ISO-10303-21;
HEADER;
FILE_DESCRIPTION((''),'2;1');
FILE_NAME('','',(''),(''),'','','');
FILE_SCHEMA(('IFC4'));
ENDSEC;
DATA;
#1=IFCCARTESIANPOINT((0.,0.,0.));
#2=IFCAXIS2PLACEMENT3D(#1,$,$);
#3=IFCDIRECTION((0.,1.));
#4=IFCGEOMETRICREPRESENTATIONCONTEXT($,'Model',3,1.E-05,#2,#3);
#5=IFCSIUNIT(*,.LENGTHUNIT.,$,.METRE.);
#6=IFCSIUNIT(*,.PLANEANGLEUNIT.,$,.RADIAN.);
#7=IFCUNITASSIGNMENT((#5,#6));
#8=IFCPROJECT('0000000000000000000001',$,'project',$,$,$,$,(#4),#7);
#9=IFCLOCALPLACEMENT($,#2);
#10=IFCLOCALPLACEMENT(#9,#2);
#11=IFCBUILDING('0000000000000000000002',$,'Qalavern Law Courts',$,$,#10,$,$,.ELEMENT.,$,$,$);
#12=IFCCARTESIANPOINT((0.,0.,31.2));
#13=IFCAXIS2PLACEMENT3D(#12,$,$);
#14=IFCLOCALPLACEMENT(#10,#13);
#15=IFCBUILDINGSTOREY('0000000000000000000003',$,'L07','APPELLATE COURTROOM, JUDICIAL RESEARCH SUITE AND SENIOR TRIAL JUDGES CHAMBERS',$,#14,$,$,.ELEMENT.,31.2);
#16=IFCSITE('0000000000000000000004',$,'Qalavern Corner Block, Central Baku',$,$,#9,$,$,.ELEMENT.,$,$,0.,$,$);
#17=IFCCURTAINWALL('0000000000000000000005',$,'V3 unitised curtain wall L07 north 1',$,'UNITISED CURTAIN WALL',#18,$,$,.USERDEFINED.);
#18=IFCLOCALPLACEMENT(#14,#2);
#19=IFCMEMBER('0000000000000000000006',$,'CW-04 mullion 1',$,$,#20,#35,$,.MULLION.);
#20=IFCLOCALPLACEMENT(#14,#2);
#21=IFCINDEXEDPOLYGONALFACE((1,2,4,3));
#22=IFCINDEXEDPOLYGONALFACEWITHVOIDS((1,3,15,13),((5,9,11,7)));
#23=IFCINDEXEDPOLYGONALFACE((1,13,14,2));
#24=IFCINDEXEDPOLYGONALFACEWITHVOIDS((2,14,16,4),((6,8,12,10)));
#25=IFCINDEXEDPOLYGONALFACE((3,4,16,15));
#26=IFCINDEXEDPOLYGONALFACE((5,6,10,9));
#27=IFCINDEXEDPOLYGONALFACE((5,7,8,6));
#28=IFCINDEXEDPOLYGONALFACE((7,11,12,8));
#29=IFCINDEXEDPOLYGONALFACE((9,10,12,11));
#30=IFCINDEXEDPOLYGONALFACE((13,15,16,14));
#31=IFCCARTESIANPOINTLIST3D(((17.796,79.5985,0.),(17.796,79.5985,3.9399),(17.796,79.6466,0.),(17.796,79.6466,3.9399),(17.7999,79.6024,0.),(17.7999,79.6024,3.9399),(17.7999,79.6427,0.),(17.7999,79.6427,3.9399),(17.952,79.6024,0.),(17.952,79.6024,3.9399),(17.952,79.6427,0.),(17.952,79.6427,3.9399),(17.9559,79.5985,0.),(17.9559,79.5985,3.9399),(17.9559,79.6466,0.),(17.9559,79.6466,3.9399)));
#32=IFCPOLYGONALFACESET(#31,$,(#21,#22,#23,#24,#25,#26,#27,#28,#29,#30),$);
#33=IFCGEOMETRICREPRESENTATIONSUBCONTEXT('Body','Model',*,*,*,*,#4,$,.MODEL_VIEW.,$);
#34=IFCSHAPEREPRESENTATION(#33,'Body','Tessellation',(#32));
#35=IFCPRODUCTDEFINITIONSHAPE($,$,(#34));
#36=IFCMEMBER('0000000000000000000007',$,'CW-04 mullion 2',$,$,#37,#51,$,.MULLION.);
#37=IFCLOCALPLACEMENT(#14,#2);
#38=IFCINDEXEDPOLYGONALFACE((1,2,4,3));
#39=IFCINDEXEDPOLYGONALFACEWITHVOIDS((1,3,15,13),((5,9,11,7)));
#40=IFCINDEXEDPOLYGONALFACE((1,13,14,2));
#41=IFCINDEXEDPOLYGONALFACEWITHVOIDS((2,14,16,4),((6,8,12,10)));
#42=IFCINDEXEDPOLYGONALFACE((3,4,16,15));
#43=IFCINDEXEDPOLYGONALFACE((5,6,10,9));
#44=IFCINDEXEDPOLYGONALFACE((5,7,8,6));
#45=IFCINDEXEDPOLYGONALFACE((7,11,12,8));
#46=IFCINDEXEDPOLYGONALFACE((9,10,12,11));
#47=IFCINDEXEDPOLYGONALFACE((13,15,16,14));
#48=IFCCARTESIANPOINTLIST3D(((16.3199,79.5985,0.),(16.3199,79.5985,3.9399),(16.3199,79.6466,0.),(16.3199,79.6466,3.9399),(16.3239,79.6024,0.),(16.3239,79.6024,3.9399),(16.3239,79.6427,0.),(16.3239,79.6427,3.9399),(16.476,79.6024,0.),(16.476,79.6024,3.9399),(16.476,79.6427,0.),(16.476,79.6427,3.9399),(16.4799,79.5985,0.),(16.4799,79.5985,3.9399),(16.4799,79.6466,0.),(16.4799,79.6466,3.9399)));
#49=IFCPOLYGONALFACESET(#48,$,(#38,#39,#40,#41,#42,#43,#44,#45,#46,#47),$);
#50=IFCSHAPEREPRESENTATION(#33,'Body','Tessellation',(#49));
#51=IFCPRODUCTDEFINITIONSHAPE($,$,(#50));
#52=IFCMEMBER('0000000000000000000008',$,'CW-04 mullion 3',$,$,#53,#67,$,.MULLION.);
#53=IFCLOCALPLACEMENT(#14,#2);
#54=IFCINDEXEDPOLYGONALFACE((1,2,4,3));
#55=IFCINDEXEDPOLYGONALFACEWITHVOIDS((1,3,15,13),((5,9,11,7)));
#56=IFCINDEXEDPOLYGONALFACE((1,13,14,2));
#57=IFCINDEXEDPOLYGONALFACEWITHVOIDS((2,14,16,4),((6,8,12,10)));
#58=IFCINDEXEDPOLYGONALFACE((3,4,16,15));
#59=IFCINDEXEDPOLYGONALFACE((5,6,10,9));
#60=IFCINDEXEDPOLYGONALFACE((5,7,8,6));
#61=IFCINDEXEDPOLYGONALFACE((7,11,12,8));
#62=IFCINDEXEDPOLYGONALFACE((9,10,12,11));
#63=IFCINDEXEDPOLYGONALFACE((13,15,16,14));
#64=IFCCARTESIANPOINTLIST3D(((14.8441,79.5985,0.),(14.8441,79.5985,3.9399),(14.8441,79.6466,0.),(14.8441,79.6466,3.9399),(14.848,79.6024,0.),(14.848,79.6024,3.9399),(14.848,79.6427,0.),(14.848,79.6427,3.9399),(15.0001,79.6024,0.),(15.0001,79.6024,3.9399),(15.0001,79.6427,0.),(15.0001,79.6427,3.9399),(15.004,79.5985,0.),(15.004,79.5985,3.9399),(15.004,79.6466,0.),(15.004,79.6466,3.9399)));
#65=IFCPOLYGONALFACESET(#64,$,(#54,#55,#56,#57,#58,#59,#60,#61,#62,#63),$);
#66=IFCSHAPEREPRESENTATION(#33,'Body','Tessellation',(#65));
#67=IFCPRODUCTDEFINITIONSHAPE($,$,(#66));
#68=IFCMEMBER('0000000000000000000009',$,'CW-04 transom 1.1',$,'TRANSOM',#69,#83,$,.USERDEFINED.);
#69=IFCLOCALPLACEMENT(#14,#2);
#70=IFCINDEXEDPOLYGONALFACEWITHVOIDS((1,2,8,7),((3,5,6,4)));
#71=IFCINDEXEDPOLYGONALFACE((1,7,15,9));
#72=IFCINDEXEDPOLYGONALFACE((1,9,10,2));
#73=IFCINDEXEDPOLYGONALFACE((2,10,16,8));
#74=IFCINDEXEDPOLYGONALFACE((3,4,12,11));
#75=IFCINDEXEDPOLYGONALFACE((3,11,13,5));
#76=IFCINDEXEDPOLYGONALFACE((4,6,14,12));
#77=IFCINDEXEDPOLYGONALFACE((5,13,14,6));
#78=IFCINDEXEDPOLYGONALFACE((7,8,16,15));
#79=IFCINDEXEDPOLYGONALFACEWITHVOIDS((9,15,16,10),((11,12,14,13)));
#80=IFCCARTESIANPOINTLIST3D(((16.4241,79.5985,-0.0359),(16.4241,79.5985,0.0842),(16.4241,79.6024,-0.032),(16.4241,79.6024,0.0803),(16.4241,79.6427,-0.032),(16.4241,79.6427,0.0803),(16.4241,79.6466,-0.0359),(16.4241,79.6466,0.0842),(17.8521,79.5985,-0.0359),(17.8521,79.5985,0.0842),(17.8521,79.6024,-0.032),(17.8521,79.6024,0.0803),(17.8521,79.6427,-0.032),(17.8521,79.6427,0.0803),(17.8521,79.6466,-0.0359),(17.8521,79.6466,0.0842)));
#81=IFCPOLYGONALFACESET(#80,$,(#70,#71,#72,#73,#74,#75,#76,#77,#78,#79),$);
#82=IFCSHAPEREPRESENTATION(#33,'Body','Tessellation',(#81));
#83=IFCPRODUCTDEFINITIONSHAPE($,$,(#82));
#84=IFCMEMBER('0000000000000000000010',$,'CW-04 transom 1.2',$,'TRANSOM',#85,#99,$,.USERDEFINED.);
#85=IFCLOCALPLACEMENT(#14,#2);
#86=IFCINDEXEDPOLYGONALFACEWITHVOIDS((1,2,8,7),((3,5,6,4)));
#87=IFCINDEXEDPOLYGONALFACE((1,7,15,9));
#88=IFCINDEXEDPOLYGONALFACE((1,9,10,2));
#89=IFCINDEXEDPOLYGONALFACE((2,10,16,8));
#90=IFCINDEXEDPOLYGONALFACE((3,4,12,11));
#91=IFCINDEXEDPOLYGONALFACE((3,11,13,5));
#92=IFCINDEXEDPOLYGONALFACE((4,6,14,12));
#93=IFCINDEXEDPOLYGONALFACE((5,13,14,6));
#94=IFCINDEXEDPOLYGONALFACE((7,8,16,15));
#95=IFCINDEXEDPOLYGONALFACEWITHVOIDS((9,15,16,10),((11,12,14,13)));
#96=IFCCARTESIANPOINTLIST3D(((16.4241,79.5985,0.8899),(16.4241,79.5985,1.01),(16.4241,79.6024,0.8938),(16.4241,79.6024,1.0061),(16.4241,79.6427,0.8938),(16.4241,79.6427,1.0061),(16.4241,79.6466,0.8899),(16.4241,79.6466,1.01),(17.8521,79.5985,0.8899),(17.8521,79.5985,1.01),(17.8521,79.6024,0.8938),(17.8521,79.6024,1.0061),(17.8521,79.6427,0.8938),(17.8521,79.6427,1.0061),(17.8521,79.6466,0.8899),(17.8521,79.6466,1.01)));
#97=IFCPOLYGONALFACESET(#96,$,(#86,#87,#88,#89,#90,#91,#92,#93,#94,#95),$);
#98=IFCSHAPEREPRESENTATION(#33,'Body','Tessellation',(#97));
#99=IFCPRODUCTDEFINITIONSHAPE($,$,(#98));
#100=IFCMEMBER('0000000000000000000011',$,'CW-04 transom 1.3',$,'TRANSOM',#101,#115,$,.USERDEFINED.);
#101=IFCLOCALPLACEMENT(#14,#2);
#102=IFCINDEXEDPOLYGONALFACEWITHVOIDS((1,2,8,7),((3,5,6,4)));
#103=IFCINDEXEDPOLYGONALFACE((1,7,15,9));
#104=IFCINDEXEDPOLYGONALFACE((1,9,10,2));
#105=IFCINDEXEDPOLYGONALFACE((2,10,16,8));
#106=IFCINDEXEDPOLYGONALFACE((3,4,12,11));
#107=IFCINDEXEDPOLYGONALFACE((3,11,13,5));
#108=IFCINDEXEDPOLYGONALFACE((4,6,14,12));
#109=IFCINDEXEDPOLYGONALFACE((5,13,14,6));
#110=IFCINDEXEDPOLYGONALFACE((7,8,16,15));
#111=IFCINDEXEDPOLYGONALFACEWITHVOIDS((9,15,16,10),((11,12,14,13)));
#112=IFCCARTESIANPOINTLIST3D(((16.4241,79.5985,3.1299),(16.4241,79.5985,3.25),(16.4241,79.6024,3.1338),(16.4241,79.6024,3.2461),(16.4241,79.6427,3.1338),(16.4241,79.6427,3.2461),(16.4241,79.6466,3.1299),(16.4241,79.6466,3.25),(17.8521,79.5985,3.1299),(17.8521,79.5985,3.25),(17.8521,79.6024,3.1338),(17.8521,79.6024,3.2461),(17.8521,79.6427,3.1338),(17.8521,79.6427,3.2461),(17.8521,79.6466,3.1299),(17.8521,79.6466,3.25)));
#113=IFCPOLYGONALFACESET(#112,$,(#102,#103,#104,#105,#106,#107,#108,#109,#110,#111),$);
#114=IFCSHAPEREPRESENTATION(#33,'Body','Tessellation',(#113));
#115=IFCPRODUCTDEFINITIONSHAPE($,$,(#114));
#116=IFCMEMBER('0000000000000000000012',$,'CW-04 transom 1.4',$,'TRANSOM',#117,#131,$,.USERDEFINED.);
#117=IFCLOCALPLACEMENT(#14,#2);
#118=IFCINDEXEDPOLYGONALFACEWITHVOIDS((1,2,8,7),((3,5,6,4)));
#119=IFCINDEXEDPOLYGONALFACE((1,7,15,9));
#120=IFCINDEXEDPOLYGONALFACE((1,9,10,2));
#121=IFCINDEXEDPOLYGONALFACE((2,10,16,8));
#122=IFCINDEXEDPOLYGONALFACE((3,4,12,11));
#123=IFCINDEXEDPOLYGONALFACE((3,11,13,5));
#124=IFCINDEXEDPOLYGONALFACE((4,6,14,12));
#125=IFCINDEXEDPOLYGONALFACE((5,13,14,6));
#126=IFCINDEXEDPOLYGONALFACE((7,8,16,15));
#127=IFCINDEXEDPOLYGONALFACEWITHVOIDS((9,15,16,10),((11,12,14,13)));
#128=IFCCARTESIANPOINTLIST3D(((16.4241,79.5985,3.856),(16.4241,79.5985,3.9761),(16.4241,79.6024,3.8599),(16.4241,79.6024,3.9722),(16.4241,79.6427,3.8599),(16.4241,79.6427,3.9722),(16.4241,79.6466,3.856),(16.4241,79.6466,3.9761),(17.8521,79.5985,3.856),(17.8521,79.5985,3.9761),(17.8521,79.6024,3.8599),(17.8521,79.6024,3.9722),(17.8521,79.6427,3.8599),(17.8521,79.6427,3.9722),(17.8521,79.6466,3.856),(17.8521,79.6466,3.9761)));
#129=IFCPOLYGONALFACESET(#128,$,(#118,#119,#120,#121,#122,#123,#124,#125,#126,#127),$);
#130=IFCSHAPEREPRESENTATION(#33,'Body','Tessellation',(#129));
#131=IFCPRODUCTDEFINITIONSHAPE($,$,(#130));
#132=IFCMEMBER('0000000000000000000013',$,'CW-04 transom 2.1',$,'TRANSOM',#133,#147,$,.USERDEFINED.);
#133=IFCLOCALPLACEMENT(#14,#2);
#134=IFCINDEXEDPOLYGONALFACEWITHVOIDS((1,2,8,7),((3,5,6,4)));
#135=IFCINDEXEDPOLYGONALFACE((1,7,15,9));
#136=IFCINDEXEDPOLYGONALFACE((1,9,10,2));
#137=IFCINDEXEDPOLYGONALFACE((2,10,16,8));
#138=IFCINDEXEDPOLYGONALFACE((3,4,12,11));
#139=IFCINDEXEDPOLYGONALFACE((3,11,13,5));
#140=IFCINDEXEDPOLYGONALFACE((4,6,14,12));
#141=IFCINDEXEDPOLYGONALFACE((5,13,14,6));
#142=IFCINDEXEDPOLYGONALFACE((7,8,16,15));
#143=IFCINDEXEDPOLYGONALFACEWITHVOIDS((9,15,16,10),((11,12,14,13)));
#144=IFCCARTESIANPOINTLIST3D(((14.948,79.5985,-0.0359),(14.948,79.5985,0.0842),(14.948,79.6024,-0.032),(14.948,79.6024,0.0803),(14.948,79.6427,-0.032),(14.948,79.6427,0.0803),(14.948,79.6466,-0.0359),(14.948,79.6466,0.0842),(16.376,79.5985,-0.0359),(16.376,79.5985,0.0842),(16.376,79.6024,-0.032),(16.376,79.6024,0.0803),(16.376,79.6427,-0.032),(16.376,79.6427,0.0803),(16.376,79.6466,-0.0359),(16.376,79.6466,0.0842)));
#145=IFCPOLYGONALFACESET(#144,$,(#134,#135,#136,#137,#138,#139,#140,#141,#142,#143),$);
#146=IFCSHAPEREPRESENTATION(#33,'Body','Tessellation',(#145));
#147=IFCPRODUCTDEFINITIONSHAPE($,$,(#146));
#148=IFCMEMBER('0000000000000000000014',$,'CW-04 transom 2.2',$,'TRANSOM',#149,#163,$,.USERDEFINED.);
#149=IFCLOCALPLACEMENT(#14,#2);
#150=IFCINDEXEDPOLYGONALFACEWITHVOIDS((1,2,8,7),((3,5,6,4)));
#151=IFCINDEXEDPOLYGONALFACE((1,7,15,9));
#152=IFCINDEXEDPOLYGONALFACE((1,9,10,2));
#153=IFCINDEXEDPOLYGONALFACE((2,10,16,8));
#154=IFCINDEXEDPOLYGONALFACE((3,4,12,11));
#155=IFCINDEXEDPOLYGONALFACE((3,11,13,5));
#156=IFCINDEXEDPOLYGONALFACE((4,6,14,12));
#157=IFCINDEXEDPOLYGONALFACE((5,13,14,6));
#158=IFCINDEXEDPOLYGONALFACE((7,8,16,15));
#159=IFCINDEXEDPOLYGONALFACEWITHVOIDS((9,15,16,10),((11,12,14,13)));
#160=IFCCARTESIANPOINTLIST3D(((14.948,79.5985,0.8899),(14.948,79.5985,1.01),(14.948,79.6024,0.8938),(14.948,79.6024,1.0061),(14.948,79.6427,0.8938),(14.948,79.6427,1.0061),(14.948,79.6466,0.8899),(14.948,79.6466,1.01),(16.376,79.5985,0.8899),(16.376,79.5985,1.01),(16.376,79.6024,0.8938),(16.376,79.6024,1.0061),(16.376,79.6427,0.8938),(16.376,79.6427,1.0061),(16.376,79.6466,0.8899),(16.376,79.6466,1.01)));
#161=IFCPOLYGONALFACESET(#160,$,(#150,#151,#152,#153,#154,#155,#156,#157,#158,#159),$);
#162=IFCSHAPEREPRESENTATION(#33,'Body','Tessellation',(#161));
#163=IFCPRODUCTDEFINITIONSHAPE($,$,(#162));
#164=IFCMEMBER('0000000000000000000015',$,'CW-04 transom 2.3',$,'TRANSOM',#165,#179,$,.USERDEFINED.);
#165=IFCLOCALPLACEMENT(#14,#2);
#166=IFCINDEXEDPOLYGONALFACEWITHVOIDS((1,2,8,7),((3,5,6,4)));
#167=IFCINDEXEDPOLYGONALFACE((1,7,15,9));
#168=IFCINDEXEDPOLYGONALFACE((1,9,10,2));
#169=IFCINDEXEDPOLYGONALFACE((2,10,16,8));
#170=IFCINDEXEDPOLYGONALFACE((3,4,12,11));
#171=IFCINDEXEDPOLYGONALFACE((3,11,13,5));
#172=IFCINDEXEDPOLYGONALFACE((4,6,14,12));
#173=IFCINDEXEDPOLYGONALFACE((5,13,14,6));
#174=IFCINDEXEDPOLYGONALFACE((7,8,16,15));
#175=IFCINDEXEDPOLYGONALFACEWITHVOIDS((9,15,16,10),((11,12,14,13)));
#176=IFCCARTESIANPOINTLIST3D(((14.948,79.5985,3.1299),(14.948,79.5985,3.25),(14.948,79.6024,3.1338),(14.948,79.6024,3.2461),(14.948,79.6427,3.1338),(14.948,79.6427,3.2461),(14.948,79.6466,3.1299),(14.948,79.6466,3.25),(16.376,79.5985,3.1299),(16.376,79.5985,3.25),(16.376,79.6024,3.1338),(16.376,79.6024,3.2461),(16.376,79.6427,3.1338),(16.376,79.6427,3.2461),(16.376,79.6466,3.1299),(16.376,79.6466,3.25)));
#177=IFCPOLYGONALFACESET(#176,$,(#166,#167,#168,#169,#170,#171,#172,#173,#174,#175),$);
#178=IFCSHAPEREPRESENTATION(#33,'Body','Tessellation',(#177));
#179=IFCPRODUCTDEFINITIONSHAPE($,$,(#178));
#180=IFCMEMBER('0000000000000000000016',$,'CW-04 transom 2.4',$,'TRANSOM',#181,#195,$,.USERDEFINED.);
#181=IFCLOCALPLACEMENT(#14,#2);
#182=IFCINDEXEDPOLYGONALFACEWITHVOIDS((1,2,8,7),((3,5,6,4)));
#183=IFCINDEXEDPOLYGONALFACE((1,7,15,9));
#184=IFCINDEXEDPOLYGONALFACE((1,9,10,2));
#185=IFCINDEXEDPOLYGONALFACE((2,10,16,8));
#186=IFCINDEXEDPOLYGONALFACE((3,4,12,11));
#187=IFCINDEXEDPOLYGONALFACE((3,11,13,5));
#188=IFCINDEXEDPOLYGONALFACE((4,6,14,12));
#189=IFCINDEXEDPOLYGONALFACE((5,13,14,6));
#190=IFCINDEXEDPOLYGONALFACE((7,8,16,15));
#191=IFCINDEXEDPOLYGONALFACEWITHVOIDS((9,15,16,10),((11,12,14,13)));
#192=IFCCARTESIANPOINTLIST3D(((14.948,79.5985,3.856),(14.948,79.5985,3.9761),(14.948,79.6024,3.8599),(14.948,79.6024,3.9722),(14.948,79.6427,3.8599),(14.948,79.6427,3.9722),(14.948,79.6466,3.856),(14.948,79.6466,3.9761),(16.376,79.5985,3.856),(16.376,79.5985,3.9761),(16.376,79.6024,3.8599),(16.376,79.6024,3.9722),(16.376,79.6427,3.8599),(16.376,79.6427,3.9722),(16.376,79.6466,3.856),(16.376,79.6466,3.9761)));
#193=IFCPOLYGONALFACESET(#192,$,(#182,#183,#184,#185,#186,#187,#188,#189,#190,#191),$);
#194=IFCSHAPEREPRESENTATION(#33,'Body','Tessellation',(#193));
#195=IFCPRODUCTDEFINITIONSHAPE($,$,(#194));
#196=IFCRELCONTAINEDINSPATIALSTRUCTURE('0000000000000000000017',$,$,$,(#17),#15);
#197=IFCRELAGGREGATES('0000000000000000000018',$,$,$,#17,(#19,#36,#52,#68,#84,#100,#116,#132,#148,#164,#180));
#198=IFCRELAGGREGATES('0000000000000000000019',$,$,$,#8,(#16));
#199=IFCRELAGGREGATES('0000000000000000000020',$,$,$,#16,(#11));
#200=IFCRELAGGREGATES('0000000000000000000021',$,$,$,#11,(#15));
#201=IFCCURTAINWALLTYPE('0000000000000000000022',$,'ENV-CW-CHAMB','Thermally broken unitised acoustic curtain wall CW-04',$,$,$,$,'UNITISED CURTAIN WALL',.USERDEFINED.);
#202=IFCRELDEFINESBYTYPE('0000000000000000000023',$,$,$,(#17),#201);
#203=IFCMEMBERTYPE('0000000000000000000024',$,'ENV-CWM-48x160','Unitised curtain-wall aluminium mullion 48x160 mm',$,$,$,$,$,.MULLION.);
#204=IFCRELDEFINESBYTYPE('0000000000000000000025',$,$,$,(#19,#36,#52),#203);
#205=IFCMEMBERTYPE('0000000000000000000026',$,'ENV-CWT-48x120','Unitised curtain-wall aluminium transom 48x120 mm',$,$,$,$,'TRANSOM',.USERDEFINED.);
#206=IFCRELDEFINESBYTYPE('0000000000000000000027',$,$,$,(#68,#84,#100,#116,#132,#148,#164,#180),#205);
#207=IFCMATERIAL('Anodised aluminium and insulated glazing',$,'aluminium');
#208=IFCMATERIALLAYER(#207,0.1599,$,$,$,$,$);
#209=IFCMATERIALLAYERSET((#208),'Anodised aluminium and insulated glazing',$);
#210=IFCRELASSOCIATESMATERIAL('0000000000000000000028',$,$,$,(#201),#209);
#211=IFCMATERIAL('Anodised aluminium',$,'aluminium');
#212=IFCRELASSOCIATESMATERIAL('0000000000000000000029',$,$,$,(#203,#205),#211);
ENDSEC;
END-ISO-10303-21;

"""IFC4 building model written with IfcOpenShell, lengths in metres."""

from ifc_helpers import new_model, si_unit, direction, frame, origin, origin_2d, place, context, subcontext, project, spatial, hollow_rectangle, extrude, material, layer, layer_set, material_profile, profile_set, type_object, element, aggregate, save


model = new_model("IFC4")

# Units and contexts
model_context = context("Model", 3, precision=1e-05, world=origin(), true_north=direction((0.0, 1.0)))
body_context = subcontext(model_context, "Body", "Model", "MODEL_VIEW")
ifc_project = project(units=[si_unit("LENGTHUNIT", "METRE"), si_unit("PLANEANGLEUNIT", "RADIAN")], contexts=[model_context])

# Site, building, storey
site_placement = place(None, origin())
site = spatial("IfcSite", under=ifc_project, at=site_placement, Name="Qalavern Corner Block, Central Baku", CompositionType="ELEMENT", RefElevation=0.0)
building_placement = place(site_placement, origin())
building = spatial("IfcBuilding", under=site, at=building_placement, Name="Qalavern Law Courts", CompositionType="ELEMENT")
storey_placement = place(building_placement, frame((0.0, 0.0, 31.2)))
storey = spatial("IfcBuildingStorey", under=building, at=storey_placement, Name="L07", Description="APPELLATE COURTROOM, JUDICIAL RESEARCH SUITE AND SENIOR TRIAL JUDGES CHAMBERS", CompositionType="ELEMENT", Elevation=31.2)

# Curtain wall, members
ifc_material_1 = material(Name="Anodised aluminium and insulated glazing", Category="aluminium")
ifc_layer_1 = layer(ifc_material_1, 0.1599)
ifc_layer_set_1 = layer_set([ifc_layer_1], Name="Anodised aluminium and insulated glazing")
curtain_wall_type = type_object("IfcCurtainWallType", Name="ENV-CW-CHAMB", Description="Thermally broken unitised acoustic curtain wall CW-04", ElementType="UNITISED CURTAIN WALL", PredefinedType="USERDEFINED", material=ifc_layer_set_1)
curtain_wall_placement = place(storey_placement, origin())
curtain_wall = element("IfcCurtainWall", 1, at=curtain_wall_placement, inside=storey, type_object=curtain_wall_type, Name="V3 unitised curtain wall L07 north 1", ObjectType="UNITISED CURTAIN WALL", PredefinedType="USERDEFINED")
ifc_material_2 = material(Name="Anodised aluminium", Category="aluminium")
ifc_material_profile_1 = material_profile(ifc_material_2, hollow_rectangle(XDim=0.0481, YDim=0.1599, WallThickness=0.0039, at=origin_2d()), Name="ALU MULLION 48x160")
ifc_profile_set_1 = profile_set([ifc_material_profile_1], Name="Anodised aluminium")
member_type_1 = type_object("IfcMemberType", Name="ENV-CWM-48x160", Description="Unitised curtain-wall aluminium mullion 48x160 mm", PredefinedType="MULLION", material=ifc_profile_set_1)
member_1_placement = place(storey_placement, frame((17.876, 79.6226, 0.0), z_axis=(0.0, 0.0, 1.0), x_axis=(0.0, -1.0, 0.0)))
member_1 = element("IfcMember", 2, at=member_1_placement, type_object=member_type_1, Name="CW-04 mullion 1", PredefinedType="MULLION", context=body_context, shape_type="SweptSolid", body=[
    extrude(hollow_rectangle(XDim=0.0481, YDim=0.1599, WallThickness=0.0039, at=origin_2d()), origin(), (0.0, 0.0, 1.0), 3.9399),
])
member_2_placement = place(storey_placement, frame((16.3999, 79.6226, 0.0), z_axis=(0.0, 0.0, 1.0), x_axis=(0.0, -1.0, 0.0)))
member_2 = element("IfcMember", 3, at=member_2_placement, type_object=member_type_1, Name="CW-04 mullion 2", PredefinedType="MULLION", context=body_context, shape_type="SweptSolid", body=[
    extrude(hollow_rectangle(XDim=0.0481, YDim=0.1599, WallThickness=0.0039, at=origin_2d()), origin(), (0.0, 0.0, 1.0), 3.9399),
])
member_3_placement = place(storey_placement, frame((14.9241, 79.6226, 0.0), z_axis=(0.0, 0.0, 1.0), x_axis=(0.0, -1.0, 0.0)))
member_3 = element("IfcMember", 4, at=member_3_placement, type_object=member_type_1, Name="CW-04 mullion 3", PredefinedType="MULLION", context=body_context, shape_type="SweptSolid", body=[
    extrude(hollow_rectangle(XDim=0.0481, YDim=0.1599, WallThickness=0.0039, at=origin_2d()), origin(), (0.0, 0.0, 1.0), 3.9399),
])
ifc_material_profile_2 = material_profile(ifc_material_2, hollow_rectangle(XDim=0.0481, YDim=0.1201, WallThickness=0.0039, at=origin_2d()), Name="ALU TRANSOM 48x120")
ifc_profile_set_2 = profile_set([ifc_material_profile_2], Name="Anodised aluminium")
member_type_2 = type_object("IfcMemberType", Name="ENV-CWT-48x120", Description="Unitised curtain-wall aluminium transom 48x120 mm", ElementType="TRANSOM", PredefinedType="USERDEFINED", material=ifc_profile_set_2)
member_4_placement = place(storey_placement, frame((17.8521, 79.6226, 0.0242), z_axis=(-1.0, 0.0, 0.0), x_axis=(0.0, -1.0, 0.0)))
member_4 = element("IfcMember", 5, at=member_4_placement, type_object=member_type_2, Name="CW-04 transom 1.1", ObjectType="TRANSOM", PredefinedType="USERDEFINED", context=body_context, shape_type="SweptSolid", body=[
    extrude(hollow_rectangle(XDim=0.0481, YDim=0.1201, WallThickness=0.0039, at=origin_2d()), origin(), (0.0, 0.0, 1.0), 1.428),
])
member_5_placement = place(storey_placement, frame((17.8521, 79.6226, 0.95), z_axis=(-1.0, 0.0, 0.0), x_axis=(0.0, -1.0, 0.0)))
member_5 = element("IfcMember", 6, at=member_5_placement, type_object=member_type_2, Name="CW-04 transom 1.2", ObjectType="TRANSOM", PredefinedType="USERDEFINED", context=body_context, shape_type="SweptSolid", body=[
    extrude(hollow_rectangle(XDim=0.0481, YDim=0.1201, WallThickness=0.0039, at=origin_2d()), origin(), (0.0, 0.0, 1.0), 1.428),
])
member_6_placement = place(storey_placement, frame((17.8521, 79.6226, 3.1899), z_axis=(-1.0, 0.0, 0.0), x_axis=(0.0, -1.0, 0.0)))
member_6 = element("IfcMember", 7, at=member_6_placement, type_object=member_type_2, Name="CW-04 transom 1.3", ObjectType="TRANSOM", PredefinedType="USERDEFINED", context=body_context, shape_type="SweptSolid", body=[
    extrude(hollow_rectangle(XDim=0.0481, YDim=0.1201, WallThickness=0.0039, at=origin_2d()), origin(), (0.0, 0.0, 1.0), 1.428),
])
member_7_placement = place(storey_placement, frame((17.8521, 79.6226, 3.916), z_axis=(-1.0, 0.0, 0.0), x_axis=(0.0, -1.0, 0.0)))
member_7 = element("IfcMember", 8, at=member_7_placement, type_object=member_type_2, Name="CW-04 transom 1.4", ObjectType="TRANSOM", PredefinedType="USERDEFINED", context=body_context, shape_type="SweptSolid", body=[
    extrude(hollow_rectangle(XDim=0.0481, YDim=0.1201, WallThickness=0.0039, at=origin_2d()), origin(), (0.0, 0.0, 1.0), 1.428),
])
member_8_placement = place(storey_placement, frame((16.376, 79.6226, 0.0242), z_axis=(-1.0, 0.0, 0.0), x_axis=(0.0, -1.0, 0.0)))
member_8 = element("IfcMember", 9, at=member_8_placement, type_object=member_type_2, Name="CW-04 transom 2.1", ObjectType="TRANSOM", PredefinedType="USERDEFINED", context=body_context, shape_type="SweptSolid", body=[
    extrude(hollow_rectangle(XDim=0.0481, YDim=0.1201, WallThickness=0.0039, at=origin_2d()), origin(), (0.0, 0.0, 1.0), 1.428),
])
member_9_placement = place(storey_placement, frame((16.376, 79.6226, 0.95), z_axis=(-1.0, 0.0, 0.0), x_axis=(0.0, -1.0, 0.0)))
member_9 = element("IfcMember", 10, at=member_9_placement, type_object=member_type_2, Name="CW-04 transom 2.2", ObjectType="TRANSOM", PredefinedType="USERDEFINED", context=body_context, shape_type="SweptSolid", body=[
    extrude(hollow_rectangle(XDim=0.0481, YDim=0.1201, WallThickness=0.0039, at=origin_2d()), origin(), (0.0, 0.0, 1.0), 1.428),
])
member_10_placement = place(storey_placement, frame((16.376, 79.6226, 3.1899), z_axis=(-1.0, 0.0, 0.0), x_axis=(0.0, -1.0, 0.0)))
member_10 = element("IfcMember", 11, at=member_10_placement, type_object=member_type_2, Name="CW-04 transom 2.3", ObjectType="TRANSOM", PredefinedType="USERDEFINED", context=body_context, shape_type="SweptSolid", body=[
    extrude(hollow_rectangle(XDim=0.0481, YDim=0.1201, WallThickness=0.0039, at=origin_2d()), origin(), (0.0, 0.0, 1.0), 1.428),
])
member_11_placement = place(storey_placement, frame((16.376, 79.6226, 3.916), z_axis=(-1.0, 0.0, 0.0), x_axis=(0.0, -1.0, 0.0)))
member_11 = element("IfcMember", 12, at=member_11_placement, type_object=member_type_2, Name="CW-04 transom 2.4", ObjectType="TRANSOM", PredefinedType="USERDEFINED", context=body_context, shape_type="SweptSolid", body=[
    extrude(hollow_rectangle(XDim=0.0481, YDim=0.1201, WallThickness=0.0039, at=origin_2d()), origin(), (0.0, 0.0, 1.0), 1.428),
])
aggregate(curtain_wall, [member_1, member_2, member_3, member_4, member_5, member_6, member_7, member_8, member_9, member_10, member_11])

save(model, "model.ifc")
